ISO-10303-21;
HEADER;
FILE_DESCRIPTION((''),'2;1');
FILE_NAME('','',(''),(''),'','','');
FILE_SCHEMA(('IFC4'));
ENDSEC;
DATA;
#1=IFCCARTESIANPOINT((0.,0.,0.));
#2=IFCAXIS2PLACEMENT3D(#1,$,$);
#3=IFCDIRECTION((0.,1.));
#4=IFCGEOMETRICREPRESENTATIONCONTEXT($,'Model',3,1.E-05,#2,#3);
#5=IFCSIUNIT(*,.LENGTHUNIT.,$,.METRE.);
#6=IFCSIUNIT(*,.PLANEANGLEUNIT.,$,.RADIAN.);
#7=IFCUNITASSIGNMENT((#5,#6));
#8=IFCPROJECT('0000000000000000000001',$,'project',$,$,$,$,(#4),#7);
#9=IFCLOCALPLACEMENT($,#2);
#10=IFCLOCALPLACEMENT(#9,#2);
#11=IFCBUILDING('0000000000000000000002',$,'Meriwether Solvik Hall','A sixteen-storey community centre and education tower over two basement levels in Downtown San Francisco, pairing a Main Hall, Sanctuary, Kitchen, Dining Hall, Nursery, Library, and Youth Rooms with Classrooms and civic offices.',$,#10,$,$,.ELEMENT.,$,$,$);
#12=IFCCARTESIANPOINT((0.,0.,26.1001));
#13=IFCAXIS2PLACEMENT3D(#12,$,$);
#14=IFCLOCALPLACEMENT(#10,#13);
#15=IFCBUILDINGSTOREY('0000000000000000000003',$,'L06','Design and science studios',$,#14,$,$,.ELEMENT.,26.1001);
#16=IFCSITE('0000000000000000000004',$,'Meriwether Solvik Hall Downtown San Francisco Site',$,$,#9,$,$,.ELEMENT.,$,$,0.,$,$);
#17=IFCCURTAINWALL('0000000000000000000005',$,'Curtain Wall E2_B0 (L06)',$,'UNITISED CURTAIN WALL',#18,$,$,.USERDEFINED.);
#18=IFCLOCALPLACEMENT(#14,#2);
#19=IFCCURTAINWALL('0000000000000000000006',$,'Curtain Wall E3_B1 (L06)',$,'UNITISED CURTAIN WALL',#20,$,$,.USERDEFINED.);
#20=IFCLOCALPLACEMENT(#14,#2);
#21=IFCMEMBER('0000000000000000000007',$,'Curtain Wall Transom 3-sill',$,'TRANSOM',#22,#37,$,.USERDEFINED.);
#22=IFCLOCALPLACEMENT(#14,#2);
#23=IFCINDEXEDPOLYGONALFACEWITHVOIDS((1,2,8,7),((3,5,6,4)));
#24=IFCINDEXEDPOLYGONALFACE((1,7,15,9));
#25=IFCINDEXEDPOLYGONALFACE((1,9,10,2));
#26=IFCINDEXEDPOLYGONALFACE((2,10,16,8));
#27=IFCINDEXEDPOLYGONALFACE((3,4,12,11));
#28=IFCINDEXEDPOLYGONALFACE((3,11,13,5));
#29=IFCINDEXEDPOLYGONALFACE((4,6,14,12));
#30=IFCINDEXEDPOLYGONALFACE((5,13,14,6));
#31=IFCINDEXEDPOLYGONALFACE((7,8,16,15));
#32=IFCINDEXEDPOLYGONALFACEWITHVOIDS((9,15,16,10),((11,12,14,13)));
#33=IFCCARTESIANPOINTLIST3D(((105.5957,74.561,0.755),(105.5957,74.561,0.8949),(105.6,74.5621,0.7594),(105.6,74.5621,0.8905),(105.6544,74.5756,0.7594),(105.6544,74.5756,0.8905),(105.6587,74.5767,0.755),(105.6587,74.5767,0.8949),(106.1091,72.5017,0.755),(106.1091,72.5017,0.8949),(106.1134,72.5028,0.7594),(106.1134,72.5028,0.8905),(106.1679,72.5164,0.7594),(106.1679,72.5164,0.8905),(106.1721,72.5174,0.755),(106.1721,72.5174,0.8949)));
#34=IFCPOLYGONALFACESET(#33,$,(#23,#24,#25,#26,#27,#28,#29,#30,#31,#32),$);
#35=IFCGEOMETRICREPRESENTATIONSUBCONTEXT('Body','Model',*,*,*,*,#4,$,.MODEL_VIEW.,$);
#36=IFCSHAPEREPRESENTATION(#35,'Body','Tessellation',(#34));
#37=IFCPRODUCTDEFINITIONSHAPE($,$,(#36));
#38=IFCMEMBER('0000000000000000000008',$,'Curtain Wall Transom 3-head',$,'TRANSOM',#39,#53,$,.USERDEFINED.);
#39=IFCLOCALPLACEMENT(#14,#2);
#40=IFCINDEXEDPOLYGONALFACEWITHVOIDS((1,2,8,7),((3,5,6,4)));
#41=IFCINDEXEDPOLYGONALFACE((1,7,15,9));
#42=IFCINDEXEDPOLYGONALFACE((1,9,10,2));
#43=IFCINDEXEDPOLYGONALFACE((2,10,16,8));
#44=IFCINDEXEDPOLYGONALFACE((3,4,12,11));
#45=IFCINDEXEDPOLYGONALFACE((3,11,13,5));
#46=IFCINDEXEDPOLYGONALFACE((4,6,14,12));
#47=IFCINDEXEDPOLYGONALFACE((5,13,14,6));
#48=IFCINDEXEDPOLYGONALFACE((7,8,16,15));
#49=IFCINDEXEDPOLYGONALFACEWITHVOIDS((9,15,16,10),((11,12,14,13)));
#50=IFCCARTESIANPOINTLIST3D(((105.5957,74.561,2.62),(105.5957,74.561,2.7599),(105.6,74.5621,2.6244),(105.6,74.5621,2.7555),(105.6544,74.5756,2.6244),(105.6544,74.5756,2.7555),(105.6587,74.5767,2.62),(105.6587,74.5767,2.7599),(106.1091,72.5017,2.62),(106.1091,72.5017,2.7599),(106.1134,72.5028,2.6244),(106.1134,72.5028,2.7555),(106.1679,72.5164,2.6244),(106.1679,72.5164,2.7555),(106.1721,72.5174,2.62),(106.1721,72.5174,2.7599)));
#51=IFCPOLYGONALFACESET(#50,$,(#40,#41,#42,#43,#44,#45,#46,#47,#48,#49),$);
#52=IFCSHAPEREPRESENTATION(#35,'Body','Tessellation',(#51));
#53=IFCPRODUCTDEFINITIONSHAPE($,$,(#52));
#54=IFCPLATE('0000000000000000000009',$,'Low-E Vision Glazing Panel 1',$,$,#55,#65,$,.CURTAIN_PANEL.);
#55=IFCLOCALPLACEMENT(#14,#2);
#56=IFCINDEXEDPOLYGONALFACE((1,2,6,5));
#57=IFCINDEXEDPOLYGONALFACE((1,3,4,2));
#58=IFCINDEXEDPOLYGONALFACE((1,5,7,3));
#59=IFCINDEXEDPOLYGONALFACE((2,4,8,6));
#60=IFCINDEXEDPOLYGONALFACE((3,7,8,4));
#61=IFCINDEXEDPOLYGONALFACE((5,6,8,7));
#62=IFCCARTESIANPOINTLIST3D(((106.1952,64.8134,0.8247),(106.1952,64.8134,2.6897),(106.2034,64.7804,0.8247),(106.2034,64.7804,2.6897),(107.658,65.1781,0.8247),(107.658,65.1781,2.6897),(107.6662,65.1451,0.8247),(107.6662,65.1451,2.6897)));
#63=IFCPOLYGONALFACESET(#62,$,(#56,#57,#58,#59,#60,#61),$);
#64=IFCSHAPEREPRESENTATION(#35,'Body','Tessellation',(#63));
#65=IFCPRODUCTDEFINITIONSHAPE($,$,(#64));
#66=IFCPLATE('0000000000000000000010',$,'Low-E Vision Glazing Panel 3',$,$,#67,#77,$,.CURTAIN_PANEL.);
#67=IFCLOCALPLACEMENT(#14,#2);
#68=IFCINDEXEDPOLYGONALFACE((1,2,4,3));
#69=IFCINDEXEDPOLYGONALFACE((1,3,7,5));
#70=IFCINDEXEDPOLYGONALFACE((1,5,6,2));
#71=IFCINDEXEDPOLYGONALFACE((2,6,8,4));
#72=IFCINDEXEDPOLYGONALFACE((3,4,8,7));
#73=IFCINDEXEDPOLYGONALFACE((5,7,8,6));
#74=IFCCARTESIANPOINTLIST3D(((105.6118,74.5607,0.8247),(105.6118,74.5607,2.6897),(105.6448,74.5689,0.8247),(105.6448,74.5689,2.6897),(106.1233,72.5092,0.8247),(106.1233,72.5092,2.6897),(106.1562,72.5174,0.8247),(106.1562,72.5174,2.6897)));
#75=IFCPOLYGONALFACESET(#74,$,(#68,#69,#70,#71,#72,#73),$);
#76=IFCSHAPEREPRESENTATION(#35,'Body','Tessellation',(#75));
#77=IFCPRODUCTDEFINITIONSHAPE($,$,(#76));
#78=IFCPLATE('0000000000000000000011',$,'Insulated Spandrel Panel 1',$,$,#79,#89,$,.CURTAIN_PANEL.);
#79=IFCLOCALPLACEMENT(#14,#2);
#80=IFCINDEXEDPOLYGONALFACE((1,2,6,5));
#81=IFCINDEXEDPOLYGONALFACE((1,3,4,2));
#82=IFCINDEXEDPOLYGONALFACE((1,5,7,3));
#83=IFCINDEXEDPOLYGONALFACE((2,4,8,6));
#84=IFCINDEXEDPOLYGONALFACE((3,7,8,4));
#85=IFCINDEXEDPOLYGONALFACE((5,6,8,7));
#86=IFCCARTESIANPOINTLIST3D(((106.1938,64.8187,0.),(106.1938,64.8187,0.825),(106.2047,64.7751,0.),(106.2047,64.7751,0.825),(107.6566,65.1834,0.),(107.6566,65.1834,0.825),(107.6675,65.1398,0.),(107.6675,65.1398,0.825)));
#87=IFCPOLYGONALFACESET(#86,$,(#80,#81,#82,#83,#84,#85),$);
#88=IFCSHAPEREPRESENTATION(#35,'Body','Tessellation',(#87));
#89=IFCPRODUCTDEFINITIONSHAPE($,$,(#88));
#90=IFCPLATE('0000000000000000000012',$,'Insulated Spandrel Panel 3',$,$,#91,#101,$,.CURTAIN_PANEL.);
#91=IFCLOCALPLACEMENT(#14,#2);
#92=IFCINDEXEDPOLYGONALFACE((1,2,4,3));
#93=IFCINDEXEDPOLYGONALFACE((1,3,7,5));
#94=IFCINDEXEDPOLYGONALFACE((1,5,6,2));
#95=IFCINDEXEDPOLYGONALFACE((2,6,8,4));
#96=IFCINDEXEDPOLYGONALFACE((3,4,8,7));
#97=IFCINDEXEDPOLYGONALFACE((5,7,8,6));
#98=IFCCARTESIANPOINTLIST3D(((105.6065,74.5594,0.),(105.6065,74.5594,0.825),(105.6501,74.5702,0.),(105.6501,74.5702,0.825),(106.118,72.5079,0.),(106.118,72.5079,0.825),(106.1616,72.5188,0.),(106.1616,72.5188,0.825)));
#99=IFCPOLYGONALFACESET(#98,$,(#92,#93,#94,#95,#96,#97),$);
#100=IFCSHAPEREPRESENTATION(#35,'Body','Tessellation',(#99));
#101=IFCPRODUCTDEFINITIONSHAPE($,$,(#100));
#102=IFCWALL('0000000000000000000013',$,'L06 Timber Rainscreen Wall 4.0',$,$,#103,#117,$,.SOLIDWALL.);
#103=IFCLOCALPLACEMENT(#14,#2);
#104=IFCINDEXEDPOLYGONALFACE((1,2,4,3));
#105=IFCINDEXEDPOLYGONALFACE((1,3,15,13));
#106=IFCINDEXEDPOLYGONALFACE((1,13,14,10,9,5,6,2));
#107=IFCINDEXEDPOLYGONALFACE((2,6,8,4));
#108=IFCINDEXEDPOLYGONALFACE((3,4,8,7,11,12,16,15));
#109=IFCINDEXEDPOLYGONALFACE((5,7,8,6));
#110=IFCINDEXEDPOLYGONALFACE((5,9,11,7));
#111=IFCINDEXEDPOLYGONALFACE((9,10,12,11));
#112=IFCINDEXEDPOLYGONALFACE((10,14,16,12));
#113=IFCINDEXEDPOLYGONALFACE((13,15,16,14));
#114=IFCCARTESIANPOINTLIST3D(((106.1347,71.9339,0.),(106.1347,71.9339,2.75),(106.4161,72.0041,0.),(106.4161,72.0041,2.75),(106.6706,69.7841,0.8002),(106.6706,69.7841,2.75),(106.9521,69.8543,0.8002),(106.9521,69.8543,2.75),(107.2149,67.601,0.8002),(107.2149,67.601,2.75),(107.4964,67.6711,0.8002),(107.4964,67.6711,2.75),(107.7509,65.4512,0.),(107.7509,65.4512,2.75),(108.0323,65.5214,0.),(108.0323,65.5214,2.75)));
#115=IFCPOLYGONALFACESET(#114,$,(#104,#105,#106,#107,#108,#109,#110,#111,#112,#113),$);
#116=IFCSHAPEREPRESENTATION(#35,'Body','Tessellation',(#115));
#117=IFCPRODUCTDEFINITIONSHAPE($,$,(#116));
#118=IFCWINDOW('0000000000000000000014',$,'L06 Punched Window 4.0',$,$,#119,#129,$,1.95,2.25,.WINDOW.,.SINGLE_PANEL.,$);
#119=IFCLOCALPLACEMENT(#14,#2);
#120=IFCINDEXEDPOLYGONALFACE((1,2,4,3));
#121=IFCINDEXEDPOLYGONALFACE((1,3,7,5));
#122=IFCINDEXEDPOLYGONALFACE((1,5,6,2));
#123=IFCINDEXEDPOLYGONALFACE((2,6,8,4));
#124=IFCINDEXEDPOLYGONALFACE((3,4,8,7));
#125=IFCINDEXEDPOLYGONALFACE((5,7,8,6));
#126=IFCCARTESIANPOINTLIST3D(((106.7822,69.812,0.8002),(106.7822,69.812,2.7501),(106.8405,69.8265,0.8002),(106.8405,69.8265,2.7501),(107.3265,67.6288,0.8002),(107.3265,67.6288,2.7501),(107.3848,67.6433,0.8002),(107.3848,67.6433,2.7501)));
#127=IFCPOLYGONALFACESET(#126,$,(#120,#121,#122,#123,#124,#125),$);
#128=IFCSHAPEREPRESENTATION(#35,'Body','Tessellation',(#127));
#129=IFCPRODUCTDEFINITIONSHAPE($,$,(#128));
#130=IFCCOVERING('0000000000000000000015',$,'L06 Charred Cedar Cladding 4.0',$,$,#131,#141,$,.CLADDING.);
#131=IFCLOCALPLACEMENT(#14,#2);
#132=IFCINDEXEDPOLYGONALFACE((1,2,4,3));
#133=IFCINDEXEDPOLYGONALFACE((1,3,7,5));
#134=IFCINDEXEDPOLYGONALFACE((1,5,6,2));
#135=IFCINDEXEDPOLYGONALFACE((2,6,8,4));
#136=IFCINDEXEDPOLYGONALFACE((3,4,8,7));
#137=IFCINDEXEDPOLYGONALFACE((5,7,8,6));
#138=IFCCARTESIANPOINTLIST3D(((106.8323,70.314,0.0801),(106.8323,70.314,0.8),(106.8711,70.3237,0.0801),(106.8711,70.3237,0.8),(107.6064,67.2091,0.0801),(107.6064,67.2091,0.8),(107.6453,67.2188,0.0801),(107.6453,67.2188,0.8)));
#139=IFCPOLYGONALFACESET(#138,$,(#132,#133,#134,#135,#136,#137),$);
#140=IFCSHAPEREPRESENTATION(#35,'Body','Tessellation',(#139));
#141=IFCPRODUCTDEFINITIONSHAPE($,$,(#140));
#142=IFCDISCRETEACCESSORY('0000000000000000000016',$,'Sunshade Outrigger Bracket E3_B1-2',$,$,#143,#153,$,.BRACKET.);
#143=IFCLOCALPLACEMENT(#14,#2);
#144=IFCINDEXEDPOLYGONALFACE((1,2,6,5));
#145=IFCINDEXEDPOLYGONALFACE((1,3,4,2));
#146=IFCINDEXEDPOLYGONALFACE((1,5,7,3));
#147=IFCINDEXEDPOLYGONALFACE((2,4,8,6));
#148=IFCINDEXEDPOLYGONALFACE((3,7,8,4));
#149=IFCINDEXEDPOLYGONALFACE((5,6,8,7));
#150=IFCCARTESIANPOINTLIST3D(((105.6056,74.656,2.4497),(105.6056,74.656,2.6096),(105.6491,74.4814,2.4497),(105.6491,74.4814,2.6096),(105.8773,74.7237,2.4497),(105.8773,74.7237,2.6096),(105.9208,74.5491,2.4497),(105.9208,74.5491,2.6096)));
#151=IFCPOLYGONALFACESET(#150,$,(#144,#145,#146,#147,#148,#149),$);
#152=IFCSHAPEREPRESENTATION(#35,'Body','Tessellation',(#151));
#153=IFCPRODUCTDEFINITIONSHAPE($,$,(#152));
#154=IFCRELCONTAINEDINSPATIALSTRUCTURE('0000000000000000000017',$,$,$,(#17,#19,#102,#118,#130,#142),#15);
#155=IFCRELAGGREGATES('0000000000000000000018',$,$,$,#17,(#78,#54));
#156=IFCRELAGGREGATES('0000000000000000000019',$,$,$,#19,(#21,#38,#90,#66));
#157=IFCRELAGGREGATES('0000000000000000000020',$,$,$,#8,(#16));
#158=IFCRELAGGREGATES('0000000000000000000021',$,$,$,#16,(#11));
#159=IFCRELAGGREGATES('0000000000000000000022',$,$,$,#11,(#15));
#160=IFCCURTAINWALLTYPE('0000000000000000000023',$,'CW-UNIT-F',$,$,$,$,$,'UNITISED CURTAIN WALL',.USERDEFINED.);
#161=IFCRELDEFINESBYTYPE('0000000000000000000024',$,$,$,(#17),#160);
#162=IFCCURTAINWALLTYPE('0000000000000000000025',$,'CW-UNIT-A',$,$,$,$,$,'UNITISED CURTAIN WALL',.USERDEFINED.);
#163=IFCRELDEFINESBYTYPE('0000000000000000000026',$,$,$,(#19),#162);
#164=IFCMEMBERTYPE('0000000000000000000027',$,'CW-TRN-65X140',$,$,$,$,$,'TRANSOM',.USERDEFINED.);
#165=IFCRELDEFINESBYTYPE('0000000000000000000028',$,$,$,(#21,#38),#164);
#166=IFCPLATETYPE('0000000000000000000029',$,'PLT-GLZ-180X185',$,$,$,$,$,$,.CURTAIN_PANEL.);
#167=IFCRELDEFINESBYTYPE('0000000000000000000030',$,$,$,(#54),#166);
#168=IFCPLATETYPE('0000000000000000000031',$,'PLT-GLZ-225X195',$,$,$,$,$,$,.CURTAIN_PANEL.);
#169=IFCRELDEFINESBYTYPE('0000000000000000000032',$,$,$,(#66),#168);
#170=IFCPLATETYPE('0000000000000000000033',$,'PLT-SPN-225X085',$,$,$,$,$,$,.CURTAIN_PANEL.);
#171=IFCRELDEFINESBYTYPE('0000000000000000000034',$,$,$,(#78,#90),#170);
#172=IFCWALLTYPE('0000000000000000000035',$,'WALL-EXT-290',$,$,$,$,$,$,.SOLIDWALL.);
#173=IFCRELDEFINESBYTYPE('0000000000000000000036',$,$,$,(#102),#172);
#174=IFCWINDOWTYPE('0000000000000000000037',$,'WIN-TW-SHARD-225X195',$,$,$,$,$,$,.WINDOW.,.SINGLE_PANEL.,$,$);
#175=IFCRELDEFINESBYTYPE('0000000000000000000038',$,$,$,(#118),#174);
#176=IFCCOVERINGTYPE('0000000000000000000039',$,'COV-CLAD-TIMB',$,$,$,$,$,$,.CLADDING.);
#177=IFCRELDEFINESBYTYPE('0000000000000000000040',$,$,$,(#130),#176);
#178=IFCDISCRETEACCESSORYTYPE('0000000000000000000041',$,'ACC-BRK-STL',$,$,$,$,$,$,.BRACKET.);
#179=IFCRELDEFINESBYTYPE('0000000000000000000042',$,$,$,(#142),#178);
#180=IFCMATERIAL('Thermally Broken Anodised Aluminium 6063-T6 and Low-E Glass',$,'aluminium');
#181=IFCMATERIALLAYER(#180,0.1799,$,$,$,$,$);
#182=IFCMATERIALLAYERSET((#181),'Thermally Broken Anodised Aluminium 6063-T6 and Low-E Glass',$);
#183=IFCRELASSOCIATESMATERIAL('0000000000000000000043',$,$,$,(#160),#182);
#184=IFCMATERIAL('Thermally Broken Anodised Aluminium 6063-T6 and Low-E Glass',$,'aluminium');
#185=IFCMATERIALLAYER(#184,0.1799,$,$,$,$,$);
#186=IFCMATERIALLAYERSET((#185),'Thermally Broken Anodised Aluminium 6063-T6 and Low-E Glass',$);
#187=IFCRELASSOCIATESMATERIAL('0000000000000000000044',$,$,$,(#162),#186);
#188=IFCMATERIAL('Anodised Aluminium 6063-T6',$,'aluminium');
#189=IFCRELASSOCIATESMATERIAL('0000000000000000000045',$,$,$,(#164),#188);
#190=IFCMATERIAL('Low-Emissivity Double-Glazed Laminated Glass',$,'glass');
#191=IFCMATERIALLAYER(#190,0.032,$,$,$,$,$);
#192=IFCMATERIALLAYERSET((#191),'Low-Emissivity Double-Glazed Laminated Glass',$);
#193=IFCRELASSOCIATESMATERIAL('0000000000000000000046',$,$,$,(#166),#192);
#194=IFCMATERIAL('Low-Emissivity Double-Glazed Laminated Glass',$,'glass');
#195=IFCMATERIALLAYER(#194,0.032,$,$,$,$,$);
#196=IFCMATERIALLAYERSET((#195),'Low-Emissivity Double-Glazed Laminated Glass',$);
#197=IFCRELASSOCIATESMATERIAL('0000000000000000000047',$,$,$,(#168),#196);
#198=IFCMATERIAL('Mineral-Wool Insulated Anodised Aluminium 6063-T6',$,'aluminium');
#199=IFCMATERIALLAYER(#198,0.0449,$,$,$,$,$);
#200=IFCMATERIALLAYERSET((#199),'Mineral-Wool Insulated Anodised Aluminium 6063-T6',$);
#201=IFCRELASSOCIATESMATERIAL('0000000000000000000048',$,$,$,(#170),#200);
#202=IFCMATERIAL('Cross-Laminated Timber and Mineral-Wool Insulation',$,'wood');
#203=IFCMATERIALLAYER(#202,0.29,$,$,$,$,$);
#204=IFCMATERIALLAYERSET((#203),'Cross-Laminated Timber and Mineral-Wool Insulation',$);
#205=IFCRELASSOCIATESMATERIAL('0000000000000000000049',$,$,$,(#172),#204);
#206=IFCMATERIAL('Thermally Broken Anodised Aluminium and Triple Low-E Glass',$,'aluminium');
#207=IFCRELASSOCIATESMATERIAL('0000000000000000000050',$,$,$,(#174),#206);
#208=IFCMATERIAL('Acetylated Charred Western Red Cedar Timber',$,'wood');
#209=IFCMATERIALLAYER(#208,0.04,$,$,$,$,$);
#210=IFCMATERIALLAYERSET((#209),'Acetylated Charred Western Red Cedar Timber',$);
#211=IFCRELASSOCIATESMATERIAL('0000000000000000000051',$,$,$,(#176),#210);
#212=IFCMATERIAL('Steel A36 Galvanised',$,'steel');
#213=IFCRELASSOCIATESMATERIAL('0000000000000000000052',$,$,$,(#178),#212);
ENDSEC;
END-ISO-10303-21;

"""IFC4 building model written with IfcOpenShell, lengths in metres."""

from ifc_helpers import new_model, si_unit, direction, frame, frame_2d, origin, origin_2d, place, context, subcontext, project, spatial, rectangle, hollow_rectangle, extrude, material, layer, layer_set, material_profile, profile_set, type_object, element, fill, aggregate, save


model = new_model("IFC4")

# Units and contexts
model_context = context("Model", 3, precision=1e-05, world=origin(), true_north=direction((0.0, 1.0)))
body_context = subcontext(model_context, "Body", "Model", "MODEL_VIEW")
ifc_project = project(units=[si_unit("LENGTHUNIT", "METRE"), si_unit("PLANEANGLEUNIT", "RADIAN")], contexts=[model_context])

# Site, building, storey
site_placement = place(None, origin())
site = spatial("IfcSite", under=ifc_project, at=site_placement, Name="Meriwether Solvik Hall Downtown San Francisco Site", CompositionType="ELEMENT", RefElevation=0.0)
building_placement = place(site_placement, origin())
building = spatial("IfcBuilding", under=site, at=building_placement, Name="Meriwether Solvik Hall", Description="A sixteen-storey community centre and education tower over two basement levels in Downtown San Francisco, pairing a Main Hall, Sanctuary, Kitchen, Dining Hall, Nursery, Library, and Youth Rooms with Classrooms and civic offices.", CompositionType="ELEMENT")
storey_placement = place(building_placement, frame((0.0, 0.0, 26.1001)))
storey = spatial("IfcBuildingStorey", under=building, at=storey_placement, Name="L06", Description="Design and science studios", CompositionType="ELEMENT", Elevation=26.1001)

# Curtain walls
ifc_material_1 = material(Name="Thermally Broken Anodised Aluminium 6063-T6 and Low-E Glass", Category="aluminium")
ifc_layer_1 = layer(ifc_material_1, 0.1799)
ifc_layer_set_1 = layer_set([ifc_layer_1], Name="Thermally Broken Anodised Aluminium 6063-T6 and Low-E Glass")
curtain_wall_type_1 = type_object("IfcCurtainWallType", Name="CW-UNIT-F", ElementType="UNITISED CURTAIN WALL", PredefinedType="USERDEFINED", material=ifc_layer_set_1)
curtain_wall_1_placement = place(storey_placement, origin())
curtain_wall_1 = element("IfcCurtainWall", 1, at=curtain_wall_1_placement, inside=storey, type_object=curtain_wall_type_1, Name="Curtain Wall E2_B0 (L06)", ObjectType="UNITISED CURTAIN WALL", PredefinedType="USERDEFINED")
ifc_material_2 = material(Name="Thermally Broken Anodised Aluminium 6063-T6 and Low-E Glass", Category="aluminium")
ifc_layer_2 = layer(ifc_material_2, 0.1799)
ifc_layer_set_2 = layer_set([ifc_layer_2], Name="Thermally Broken Anodised Aluminium 6063-T6 and Low-E Glass")
curtain_wall_type_2 = type_object("IfcCurtainWallType", Name="CW-UNIT-A", ElementType="UNITISED CURTAIN WALL", PredefinedType="USERDEFINED", material=ifc_layer_set_2)
curtain_wall_2_placement = place(storey_placement, origin())
curtain_wall_2 = element("IfcCurtainWall", 2, at=curtain_wall_2_placement, inside=storey, type_object=curtain_wall_type_2, Name="Curtain Wall E3_B1 (L06)", ObjectType="UNITISED CURTAIN WALL", PredefinedType="USERDEFINED")

# Members
ifc_material_3 = material(Name="Anodised Aluminium 6063-T6", Category="aluminium")
ifc_material_profile_1 = material_profile(ifc_material_3, hollow_rectangle(XDim=0.0649, YDim=0.1399, WallThickness=0.0044, at=origin_2d()), Name="CWT-65X140")
ifc_profile_set_1 = profile_set([ifc_material_profile_1], Name="Anodised Aluminium 6063-T6")
member_type_1 = type_object("IfcMemberType", Name="CW-TRN-65X140", ElementType="TRANSOM", PredefinedType="USERDEFINED", material=ifc_profile_set_1)
member_1_placement = place(storey_placement, frame((105.6272, 74.5688, 0.825), z_axis=(0.241913, -0.970298, 0.0), x_axis=(0.970298, 0.241913, 0.0)))
member_1 = element("IfcMember", 3, at=member_1_placement, type_object=member_type_1, Name="Curtain Wall Transom 3-sill", ObjectType="TRANSOM", PredefinedType="USERDEFINED", context=body_context, shape_type="SweptSolid", body=[
    extrude(hollow_rectangle(XDim=0.0649, YDim=0.1399, WallThickness=0.0044, at=origin_2d()), origin(), (0.0, 0.0, 1.0), 2.1223),
])
member_2_placement = place(storey_placement, frame((105.6272, 74.5688, 2.6899), z_axis=(0.241913, -0.970298, 0.0), x_axis=(0.970298, 0.241913, 0.0)))
member_2 = element("IfcMember", 4, at=member_2_placement, type_object=member_type_1, Name="Curtain Wall Transom 3-head", ObjectType="TRANSOM", PredefinedType="USERDEFINED", context=body_context, shape_type="SweptSolid", body=[
    extrude(hollow_rectangle(XDim=0.0649, YDim=0.1399, WallThickness=0.0044, at=origin_2d()), origin(), (0.0, 0.0, 1.0), 2.1223),
])

# Plates
ifc_material_4 = material(Name="Low-Emissivity Double-Glazed Laminated Glass", Category="glass")
ifc_layer_3 = layer(ifc_material_4, 0.032)
ifc_layer_set_3 = layer_set([ifc_layer_3], Name="Low-Emissivity Double-Glazed Laminated Glass")
plate_type_1 = type_object("IfcPlateType", Name="PLT-GLZ-180X185", PredefinedType="CURTAIN_PANEL", material=ifc_layer_set_3)
plate_1_placement = place(storey_placement, frame((106.9307, 64.9792, 0.8247), z_axis=(0.0, 0.0, 1.0), x_axis=(-0.970296, -0.241922, 0.0)))
plate_1 = element("IfcPlate", 5, at=plate_1_placement, type_object=plate_type_1, Name="Low-E Vision Glazing Panel 1", PredefinedType="CURTAIN_PANEL", context=body_context, shape_type="SweptSolid", body=[
    extrude(rectangle(XDim=1.5076, YDim=0.0339, at=origin_2d()), origin(), (0.0, 0.0, 1.0), 1.865),
])
ifc_material_5 = material(Name="Low-Emissivity Double-Glazed Laminated Glass", Category="glass")
ifc_layer_4 = layer(ifc_material_5, 0.032)
ifc_layer_set_4 = layer_set([ifc_layer_4], Name="Low-Emissivity Double-Glazed Laminated Glass")
plate_type_2 = type_object("IfcPlateType", Name="PLT-GLZ-225X195", PredefinedType="CURTAIN_PANEL", material=ifc_layer_set_4)
plate_2_placement = place(storey_placement, frame((105.884, 73.5391, 0.8247), z_axis=(0.0, 0.0, 1.0), x_axis=(0.241922, -0.970296, 0.0)))
plate_2 = element("IfcPlate", 6, at=plate_2_placement, type_object=plate_type_2, Name="Low-E Vision Glazing Panel 3", PredefinedType="CURTAIN_PANEL", context=body_context, shape_type="SweptSolid", body=[
    extrude(rectangle(XDim=2.1143, YDim=0.0339, at=origin_2d()), origin(), (0.0, 0.0, 1.0), 1.865),
])
ifc_material_6 = material(Name="Mineral-Wool Insulated Anodised Aluminium 6063-T6", Category="aluminium")
ifc_layer_5 = layer(ifc_material_6, 0.0449)
ifc_layer_set_5 = layer_set([ifc_layer_5], Name="Mineral-Wool Insulated Anodised Aluminium 6063-T6")
plate_type_3 = type_object("IfcPlateType", Name="PLT-SPN-225X085", PredefinedType="CURTAIN_PANEL", material=ifc_layer_set_5)
plate_3_placement = place(storey_placement, frame((106.9307, 64.9792, 0.0), z_axis=(0.0, 0.0, 1.0), x_axis=(-0.970296, -0.241922, 0.0)))
plate_3 = element("IfcPlate", 7, at=plate_3_placement, type_object=plate_type_3, Name="Insulated Spandrel Panel 1", PredefinedType="CURTAIN_PANEL", context=body_context, shape_type="SweptSolid", body=[
    extrude(rectangle(XDim=1.5076, YDim=0.0449, at=origin_2d()), origin(), (0.0, 0.0, 1.0), 0.825),
])
aggregate(curtain_wall_1, [plate_3, plate_1])
plate_4_placement = place(storey_placement, frame((105.884, 73.5391, 0.0), z_axis=(0.0, 0.0, 1.0), x_axis=(0.241922, -0.970296, 0.0)))
plate_4 = element("IfcPlate", 8, at=plate_4_placement, type_object=plate_type_3, Name="Insulated Spandrel Panel 3", PredefinedType="CURTAIN_PANEL", context=body_context, shape_type="SweptSolid", body=[
    extrude(rectangle(XDim=2.1143, YDim=0.0449, at=origin_2d()), origin(), (0.0, 0.0, 1.0), 0.825),
])
aggregate(curtain_wall_2, [member_1, member_2, plate_4, plate_2])

# Wall, opening, window
ifc_material_7 = material(Name="Cross-Laminated Timber and Mineral-Wool Insulation", Category="wood")
ifc_layer_6 = layer(ifc_material_7, 0.29)
ifc_layer_set_6 = layer_set([ifc_layer_6], Name="Cross-Laminated Timber and Mineral-Wool Insulation")
wall_type = type_object("IfcWallType", Name="WALL-EXT-290", PredefinedType="SOLIDWALL", material=ifc_layer_set_6)
wall_placement = place(storey_placement, frame((106.2754, 71.969, 0.0), z_axis=(0.0, 0.0, 1.0), x_axis=(0.241908, -0.970299, 0.0)))
wall = element("IfcWall", 9, at=wall_placement, inside=storey, type_object=wall_type, Name="L06 Timber Rainscreen Wall 4.0", PredefinedType="SOLIDWALL", context=body_context, shape_type="SweptSolid", body=[
    extrude(rectangle(XDim=6.6812, YDim=0.29, at=frame_2d((3.3406, 0.0))), origin(), (0.0, 0.0, 1.0), 2.75),
])
opening_placement = place(wall_placement, frame((2.2156, 0.0, 0.8)))
opening = element("IfcOpeningElement", 10, at=opening_placement, cuts=wall, PredefinedType="OPENING", context=body_context, shape_type="SweptSolid", body=[
    extrude(rectangle(XDim=2.25, YDim=1.95, at=frame_2d((1.125, 0.9751))), frame((0.0, 0.157, 0.0), z_axis=(0.0, -1.0, 0.0), x_axis=(1.0, 0.0, 0.0)), (0.0, 0.0, 1.0), 0.314),
])
ifc_material_8 = material(Name="Thermally Broken Anodised Aluminium and Triple Low-E Glass", Category="aluminium")
window_type = type_object("IfcWindowType", Name="WIN-TW-SHARD-225X195", PartitioningType="SINGLE_PANEL", PredefinedType="WINDOW", material=ifc_material_8)
window_placement = place(opening_placement, origin())
window = element("IfcWindow", 11, at=window_placement, inside=storey, type_object=window_type, Name="L06 Punched Window 4.0", OverallHeight=1.95, OverallWidth=2.25, PartitioningType="SINGLE_PANEL", PredefinedType="WINDOW", context=body_context, shape_type="SweptSolid", body=[
    extrude(rectangle(XDim=2.25, YDim=1.95, at=frame_2d((1.125, 0.9751))), frame((0.0, 0.03, 0.0), z_axis=(0.0, -1.0, 0.0), x_axis=(1.0, 0.0, 0.0)), (0.0, 0.0, 1.0), 0.0601),
])
fill(opening, window)

# Covering
ifc_material_9 = material(Name="Acetylated Charred Western Red Cedar Timber", Category="wood")
ifc_layer_7 = layer(ifc_material_9, 0.04)
ifc_layer_set_7 = layer_set([ifc_layer_7], Name="Acetylated Charred Western Red Cedar Timber")
covering_type = type_object("IfcCoveringType", Name="COV-CLAD-TIMB", PredefinedType="CLADDING", material=ifc_layer_set_7)
covering_placement = place(storey_placement, frame((107.2388, 68.7664, 0.0801), z_axis=(0.0, 0.0, 1.0), x_axis=(0.241922, -0.970296, 0.0)))
element("IfcCovering", 12, at=covering_placement, inside=storey, type_object=covering_type, Name="L06 Charred Cedar Cladding 4.0", PredefinedType="CLADDING", context=body_context, shape_type="SweptSolid", body=[
    extrude(rectangle(XDim=3.2, YDim=0.04, at=origin_2d()), origin(), (0.0, 0.0, 1.0), 0.72),
])

# Discrete accessory
ifc_material_10 = material(Name="Steel A36 Galvanised", Category="steel")
discrete_accessory_type = type_object("IfcDiscreteAccessoryType", Name="ACC-BRK-STL", PredefinedType="BRACKET", material=ifc_material_10)
discrete_accessory_placement = place(storey_placement, frame((105.7632, 74.6025, 2.4497), z_axis=(0.0, 0.0, 1.0), x_axis=(0.241922, -0.970296, 0.0)))
element("IfcDiscreteAccessory", 13, at=discrete_accessory_placement, inside=storey, type_object=discrete_accessory_type, Name="Sunshade Outrigger Bracket E3_B1-2", PredefinedType="BRACKET", context=body_context, shape_type="SweptSolid", body=[
    extrude(rectangle(XDim=0.1799, YDim=0.28, at=origin_2d()), origin(), (0.0, 0.0, 1.0), 0.1599),
])

save(model, "model.ifc")
